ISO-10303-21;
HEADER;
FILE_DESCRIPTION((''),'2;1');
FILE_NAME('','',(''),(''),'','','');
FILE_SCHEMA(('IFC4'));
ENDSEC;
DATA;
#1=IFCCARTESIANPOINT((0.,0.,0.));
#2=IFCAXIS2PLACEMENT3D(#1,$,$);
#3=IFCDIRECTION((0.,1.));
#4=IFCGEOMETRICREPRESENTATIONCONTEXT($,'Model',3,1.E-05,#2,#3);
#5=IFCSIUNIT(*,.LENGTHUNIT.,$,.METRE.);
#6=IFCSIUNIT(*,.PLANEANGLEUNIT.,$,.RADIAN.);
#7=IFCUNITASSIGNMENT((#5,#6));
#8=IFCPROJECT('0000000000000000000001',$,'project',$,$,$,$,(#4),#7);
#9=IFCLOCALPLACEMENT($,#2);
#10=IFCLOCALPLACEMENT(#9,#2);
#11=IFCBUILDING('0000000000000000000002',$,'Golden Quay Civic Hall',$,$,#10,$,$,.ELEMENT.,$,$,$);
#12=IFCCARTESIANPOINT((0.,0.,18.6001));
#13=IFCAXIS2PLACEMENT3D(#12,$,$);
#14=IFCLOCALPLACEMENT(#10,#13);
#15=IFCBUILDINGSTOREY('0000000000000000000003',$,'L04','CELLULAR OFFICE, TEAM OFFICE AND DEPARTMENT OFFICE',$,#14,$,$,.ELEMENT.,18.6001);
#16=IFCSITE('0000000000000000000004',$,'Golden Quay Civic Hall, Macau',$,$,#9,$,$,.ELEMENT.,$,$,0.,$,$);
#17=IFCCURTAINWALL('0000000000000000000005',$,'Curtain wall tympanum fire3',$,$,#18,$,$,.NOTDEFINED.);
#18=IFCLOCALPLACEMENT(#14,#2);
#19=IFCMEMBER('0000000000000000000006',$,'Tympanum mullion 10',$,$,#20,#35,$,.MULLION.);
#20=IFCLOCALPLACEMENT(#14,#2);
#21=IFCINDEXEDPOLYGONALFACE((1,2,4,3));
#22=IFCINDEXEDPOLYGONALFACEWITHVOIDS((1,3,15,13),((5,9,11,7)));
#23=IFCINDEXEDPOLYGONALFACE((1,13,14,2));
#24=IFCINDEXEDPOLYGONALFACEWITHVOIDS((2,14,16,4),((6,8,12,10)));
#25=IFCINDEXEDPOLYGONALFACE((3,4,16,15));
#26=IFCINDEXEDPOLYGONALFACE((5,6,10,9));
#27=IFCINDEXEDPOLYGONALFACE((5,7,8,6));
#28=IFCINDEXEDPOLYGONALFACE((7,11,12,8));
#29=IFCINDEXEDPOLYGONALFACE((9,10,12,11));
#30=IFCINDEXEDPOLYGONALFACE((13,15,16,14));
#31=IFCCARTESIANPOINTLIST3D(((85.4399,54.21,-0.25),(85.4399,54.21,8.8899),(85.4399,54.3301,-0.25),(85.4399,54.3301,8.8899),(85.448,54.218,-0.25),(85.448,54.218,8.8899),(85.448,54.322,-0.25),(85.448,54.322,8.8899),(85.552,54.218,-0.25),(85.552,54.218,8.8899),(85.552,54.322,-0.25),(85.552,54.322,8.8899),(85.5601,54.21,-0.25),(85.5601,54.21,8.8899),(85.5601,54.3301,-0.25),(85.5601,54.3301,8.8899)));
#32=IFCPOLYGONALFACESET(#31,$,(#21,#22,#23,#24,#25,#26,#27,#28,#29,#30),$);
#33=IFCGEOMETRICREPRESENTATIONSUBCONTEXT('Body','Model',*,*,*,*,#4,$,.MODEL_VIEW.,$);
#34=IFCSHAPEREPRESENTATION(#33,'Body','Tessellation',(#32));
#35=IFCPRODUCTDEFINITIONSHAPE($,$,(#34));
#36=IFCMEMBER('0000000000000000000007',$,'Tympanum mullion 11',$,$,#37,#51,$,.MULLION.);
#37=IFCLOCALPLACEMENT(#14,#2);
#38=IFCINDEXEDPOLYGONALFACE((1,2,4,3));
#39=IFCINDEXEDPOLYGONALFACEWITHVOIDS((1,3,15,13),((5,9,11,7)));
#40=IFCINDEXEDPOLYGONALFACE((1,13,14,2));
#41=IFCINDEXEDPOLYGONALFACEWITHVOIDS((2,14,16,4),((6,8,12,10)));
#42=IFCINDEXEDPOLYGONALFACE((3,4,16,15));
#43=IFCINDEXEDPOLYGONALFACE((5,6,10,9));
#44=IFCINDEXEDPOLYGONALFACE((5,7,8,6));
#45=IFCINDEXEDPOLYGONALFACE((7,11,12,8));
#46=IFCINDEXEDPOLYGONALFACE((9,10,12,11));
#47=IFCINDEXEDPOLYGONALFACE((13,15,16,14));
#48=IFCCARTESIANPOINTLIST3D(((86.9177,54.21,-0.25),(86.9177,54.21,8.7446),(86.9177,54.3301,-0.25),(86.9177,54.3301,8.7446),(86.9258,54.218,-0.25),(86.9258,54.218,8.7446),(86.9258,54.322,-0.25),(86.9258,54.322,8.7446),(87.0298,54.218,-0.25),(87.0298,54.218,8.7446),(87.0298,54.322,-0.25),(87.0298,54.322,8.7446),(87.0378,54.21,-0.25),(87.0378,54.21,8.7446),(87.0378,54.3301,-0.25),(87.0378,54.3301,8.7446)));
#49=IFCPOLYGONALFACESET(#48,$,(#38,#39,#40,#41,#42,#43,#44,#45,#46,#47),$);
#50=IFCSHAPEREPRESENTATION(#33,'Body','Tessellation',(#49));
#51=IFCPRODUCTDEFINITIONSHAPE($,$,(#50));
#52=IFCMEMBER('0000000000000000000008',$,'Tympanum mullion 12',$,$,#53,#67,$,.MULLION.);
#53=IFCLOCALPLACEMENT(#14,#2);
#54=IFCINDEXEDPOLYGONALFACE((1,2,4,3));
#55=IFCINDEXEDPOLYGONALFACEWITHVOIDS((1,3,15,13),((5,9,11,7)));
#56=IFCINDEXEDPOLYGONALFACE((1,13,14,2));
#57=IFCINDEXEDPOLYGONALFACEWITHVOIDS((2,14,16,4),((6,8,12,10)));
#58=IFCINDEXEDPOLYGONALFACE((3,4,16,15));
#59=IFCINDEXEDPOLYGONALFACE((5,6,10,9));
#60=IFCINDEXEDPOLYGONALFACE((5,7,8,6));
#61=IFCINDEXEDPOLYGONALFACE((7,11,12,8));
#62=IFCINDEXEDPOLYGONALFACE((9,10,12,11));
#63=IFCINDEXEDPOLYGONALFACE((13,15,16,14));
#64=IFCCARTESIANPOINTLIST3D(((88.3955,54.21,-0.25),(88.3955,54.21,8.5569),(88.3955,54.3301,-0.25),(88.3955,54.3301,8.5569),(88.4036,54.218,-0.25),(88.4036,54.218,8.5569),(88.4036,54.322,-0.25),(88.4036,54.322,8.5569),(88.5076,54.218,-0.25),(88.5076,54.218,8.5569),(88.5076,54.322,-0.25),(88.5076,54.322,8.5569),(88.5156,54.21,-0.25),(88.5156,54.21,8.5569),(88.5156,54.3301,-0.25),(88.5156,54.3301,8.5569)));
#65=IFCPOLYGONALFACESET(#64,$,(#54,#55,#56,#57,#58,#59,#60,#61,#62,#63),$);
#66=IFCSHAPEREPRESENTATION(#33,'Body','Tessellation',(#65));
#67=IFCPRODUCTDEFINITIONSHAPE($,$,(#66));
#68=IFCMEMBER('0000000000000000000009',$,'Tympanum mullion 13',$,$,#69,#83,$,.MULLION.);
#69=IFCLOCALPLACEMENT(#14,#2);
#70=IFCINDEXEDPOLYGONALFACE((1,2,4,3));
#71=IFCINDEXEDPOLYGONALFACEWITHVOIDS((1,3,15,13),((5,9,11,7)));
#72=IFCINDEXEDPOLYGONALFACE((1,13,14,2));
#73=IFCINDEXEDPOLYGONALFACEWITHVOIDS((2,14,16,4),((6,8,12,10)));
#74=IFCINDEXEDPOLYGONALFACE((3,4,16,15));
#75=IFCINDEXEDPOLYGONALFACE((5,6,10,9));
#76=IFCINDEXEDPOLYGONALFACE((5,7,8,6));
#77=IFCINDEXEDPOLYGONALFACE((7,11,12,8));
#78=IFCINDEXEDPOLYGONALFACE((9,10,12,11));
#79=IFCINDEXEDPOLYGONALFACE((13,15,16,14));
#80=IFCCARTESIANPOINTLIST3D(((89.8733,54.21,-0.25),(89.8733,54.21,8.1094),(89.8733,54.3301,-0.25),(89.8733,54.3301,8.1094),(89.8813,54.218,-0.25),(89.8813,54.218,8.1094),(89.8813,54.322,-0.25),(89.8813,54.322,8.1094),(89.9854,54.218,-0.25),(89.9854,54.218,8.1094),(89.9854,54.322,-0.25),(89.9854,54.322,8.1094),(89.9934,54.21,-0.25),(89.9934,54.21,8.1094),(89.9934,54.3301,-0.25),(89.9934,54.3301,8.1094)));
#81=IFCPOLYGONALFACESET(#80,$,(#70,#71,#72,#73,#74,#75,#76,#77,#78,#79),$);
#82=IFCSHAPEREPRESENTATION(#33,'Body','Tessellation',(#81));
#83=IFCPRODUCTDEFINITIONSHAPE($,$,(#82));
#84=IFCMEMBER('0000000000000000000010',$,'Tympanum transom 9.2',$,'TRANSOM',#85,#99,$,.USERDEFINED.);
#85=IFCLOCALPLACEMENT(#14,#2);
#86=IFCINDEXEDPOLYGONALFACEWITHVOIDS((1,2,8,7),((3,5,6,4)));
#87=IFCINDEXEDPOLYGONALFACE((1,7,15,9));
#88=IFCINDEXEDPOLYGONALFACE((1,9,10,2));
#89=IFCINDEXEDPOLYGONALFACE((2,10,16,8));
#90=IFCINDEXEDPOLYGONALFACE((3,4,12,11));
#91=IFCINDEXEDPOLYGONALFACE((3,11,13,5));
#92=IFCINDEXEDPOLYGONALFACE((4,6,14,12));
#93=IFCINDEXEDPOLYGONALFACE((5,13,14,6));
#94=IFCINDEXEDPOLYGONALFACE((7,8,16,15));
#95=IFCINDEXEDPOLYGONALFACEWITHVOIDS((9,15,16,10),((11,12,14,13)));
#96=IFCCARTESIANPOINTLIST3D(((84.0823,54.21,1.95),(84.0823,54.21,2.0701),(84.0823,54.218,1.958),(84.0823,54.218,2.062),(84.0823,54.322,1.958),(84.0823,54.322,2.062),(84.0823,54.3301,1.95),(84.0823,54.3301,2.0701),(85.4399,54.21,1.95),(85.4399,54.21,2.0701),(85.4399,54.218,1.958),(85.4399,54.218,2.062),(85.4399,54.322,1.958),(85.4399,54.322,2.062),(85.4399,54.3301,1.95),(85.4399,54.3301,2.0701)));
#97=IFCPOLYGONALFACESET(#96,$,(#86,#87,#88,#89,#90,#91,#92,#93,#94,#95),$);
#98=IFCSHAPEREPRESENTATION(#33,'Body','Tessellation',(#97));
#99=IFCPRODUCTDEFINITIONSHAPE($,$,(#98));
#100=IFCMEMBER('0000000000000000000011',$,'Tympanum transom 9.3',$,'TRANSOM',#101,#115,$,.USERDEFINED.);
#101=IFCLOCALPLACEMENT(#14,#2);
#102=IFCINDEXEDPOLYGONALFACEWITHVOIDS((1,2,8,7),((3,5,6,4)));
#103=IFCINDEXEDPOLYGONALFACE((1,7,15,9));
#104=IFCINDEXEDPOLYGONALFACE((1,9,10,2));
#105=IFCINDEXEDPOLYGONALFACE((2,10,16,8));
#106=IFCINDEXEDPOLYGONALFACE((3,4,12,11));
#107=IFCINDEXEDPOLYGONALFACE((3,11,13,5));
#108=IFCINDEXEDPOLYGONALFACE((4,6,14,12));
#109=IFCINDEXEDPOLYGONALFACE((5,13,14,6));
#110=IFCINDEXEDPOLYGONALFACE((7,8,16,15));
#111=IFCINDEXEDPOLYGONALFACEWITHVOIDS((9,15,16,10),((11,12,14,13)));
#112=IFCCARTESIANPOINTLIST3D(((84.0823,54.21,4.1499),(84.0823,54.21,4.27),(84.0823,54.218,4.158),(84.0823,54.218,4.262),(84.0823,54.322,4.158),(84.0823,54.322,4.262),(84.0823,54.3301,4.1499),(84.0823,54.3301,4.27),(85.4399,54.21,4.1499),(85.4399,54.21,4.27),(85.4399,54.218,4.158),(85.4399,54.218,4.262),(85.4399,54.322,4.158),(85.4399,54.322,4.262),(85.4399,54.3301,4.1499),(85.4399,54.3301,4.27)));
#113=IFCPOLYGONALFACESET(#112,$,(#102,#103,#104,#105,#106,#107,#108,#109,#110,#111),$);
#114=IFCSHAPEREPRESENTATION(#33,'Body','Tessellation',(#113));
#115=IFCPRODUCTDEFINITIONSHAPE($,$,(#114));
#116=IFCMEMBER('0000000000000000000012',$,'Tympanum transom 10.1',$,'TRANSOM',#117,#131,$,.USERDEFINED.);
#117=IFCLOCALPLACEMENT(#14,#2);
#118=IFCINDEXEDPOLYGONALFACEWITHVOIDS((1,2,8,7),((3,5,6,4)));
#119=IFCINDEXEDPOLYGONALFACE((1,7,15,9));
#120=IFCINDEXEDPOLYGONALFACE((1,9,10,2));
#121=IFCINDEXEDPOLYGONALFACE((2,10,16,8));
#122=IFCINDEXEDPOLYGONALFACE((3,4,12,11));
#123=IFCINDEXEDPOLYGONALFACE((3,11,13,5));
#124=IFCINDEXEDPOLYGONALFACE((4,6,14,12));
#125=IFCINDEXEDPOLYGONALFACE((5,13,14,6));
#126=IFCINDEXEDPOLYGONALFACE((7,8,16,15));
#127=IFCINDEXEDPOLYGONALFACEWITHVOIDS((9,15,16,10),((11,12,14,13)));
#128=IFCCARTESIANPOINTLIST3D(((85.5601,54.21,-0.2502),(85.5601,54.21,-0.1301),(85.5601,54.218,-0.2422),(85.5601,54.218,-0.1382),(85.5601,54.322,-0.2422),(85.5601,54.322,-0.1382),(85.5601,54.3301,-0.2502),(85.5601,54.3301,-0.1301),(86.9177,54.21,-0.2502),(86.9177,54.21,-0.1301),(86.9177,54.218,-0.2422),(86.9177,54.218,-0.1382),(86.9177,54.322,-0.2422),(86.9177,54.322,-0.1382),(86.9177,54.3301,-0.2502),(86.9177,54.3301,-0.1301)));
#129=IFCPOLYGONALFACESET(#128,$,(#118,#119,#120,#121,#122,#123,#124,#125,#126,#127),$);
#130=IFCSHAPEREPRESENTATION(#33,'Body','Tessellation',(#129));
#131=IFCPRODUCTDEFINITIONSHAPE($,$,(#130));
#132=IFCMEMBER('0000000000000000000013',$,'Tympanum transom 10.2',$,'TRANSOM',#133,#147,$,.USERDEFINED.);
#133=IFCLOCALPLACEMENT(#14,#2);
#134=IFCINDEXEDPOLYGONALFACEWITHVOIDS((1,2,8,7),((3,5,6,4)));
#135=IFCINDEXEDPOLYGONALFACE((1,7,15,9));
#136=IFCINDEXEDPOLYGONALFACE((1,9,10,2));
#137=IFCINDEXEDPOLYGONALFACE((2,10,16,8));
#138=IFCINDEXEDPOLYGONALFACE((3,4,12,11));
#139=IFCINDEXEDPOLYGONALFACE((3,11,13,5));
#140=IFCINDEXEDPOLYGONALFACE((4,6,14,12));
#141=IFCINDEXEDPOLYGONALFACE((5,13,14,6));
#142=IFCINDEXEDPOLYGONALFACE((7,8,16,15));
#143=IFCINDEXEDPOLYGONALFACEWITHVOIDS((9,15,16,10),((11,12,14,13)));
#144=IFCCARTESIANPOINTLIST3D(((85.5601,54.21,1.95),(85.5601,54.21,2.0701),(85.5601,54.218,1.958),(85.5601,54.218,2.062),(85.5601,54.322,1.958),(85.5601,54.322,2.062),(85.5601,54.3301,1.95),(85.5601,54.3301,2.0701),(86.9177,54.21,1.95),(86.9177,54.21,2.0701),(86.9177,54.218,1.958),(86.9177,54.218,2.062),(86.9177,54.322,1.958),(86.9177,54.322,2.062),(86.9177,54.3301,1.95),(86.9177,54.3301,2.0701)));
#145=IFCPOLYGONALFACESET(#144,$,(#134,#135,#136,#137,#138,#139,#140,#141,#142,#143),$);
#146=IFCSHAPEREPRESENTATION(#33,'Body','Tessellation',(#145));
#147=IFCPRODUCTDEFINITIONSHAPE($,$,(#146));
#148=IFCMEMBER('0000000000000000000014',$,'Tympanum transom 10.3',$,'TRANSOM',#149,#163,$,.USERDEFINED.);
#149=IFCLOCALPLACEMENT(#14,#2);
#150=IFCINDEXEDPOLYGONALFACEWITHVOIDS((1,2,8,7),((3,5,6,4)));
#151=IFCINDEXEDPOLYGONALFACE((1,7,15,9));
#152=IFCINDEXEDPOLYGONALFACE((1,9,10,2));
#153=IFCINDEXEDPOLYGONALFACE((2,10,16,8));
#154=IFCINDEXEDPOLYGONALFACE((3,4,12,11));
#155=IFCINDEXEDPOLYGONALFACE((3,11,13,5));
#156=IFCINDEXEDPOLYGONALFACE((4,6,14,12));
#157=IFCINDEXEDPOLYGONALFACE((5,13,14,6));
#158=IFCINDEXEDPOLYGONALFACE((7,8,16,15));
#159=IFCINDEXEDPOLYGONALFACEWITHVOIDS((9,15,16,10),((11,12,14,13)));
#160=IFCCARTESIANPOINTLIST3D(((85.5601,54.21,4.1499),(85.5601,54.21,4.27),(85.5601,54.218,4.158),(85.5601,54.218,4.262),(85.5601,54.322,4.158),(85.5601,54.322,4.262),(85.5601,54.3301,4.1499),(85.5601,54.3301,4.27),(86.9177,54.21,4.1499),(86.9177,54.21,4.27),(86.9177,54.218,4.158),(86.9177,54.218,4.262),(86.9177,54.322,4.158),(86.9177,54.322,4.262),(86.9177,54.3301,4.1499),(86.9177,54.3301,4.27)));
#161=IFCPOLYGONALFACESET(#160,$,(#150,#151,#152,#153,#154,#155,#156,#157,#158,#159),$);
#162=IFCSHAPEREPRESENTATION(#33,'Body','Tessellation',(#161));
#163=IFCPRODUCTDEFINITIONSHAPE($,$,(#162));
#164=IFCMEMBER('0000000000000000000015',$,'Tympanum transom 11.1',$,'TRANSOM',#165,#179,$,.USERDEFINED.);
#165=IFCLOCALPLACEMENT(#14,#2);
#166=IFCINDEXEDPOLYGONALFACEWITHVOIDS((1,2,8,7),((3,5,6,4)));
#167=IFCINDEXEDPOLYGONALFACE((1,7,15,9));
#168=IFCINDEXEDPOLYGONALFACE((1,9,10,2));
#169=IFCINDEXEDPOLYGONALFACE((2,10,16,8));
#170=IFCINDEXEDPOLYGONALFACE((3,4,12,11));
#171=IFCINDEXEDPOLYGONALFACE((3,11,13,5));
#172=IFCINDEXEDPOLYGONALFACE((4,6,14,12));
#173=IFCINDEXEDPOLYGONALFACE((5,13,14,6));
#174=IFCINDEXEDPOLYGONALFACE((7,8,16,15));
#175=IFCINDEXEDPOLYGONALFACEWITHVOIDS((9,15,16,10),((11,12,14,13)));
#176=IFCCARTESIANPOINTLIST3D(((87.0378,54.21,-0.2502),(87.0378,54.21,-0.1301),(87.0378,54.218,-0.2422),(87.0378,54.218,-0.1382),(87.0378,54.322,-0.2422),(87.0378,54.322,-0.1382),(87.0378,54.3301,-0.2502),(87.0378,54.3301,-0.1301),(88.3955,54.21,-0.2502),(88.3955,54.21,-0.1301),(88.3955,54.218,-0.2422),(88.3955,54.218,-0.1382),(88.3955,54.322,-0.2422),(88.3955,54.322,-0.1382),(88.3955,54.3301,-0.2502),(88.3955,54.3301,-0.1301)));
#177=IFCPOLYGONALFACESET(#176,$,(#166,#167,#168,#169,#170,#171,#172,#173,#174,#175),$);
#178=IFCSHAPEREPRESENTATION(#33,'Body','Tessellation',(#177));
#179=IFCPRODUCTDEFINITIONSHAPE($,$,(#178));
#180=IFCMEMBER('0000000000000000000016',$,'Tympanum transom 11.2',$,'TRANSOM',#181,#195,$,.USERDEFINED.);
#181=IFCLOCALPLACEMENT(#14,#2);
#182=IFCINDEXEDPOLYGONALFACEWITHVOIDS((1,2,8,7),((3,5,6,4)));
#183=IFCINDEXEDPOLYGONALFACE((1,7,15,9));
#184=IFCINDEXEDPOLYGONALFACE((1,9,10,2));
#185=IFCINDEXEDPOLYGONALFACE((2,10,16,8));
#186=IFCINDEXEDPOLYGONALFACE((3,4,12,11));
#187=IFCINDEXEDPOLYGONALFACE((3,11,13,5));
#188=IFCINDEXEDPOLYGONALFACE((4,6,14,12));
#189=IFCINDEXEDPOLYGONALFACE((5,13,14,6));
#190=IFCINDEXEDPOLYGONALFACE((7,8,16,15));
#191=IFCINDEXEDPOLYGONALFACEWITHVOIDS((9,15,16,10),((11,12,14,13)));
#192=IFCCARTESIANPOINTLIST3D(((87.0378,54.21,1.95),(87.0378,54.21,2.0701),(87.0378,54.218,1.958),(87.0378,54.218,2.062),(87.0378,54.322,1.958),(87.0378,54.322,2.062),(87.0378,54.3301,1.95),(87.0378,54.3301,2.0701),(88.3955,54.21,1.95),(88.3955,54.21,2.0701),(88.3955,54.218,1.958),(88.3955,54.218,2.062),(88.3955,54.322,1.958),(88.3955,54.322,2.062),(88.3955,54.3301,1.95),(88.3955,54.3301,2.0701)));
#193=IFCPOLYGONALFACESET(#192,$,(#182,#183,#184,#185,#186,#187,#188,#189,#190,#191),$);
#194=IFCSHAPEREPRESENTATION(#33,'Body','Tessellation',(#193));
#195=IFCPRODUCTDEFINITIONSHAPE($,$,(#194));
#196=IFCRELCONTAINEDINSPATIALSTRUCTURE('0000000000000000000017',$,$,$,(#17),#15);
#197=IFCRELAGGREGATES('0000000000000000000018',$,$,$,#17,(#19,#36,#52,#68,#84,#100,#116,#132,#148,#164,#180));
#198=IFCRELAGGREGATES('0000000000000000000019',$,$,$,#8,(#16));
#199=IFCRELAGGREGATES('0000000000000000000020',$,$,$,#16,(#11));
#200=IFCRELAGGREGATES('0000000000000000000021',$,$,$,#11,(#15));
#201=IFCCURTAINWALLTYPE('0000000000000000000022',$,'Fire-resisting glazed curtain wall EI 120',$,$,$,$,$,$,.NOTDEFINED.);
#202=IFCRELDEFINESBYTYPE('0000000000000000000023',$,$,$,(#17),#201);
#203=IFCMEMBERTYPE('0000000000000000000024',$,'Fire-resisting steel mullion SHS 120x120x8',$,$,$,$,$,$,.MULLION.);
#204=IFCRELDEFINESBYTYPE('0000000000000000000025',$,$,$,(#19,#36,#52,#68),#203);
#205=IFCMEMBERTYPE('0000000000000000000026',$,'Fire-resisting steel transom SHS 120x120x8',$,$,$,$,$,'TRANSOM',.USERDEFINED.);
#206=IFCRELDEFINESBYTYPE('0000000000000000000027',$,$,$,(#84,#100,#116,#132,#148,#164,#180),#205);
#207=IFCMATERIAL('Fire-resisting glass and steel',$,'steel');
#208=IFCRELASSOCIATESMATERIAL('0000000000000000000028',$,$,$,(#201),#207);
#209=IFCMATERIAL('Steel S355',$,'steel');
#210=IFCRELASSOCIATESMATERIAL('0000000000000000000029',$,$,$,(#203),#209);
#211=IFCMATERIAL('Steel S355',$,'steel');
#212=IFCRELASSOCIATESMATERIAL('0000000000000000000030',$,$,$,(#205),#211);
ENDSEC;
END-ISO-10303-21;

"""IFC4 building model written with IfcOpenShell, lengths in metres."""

from ifc_helpers import new_model, si_unit, direction, frame, origin, origin_2d, place, context, subcontext, project, spatial, hollow_rectangle, extrude, material, material_profile, profile_set, type_object, element, aggregate, save


model = new_model("IFC4")

# Units and contexts
model_context = context("Model", 3, precision=1e-05, world=origin(), true_north=direction((0.0, 1.0)))
body_context = subcontext(model_context, "Body", "Model", "MODEL_VIEW")
ifc_project = project(units=[si_unit("LENGTHUNIT", "METRE"), si_unit("PLANEANGLEUNIT", "RADIAN")], contexts=[model_context])

# Site, building, storey
site_placement = place(None, origin())
site = spatial("IfcSite", under=ifc_project, at=site_placement, Name="Golden Quay Civic Hall, Macau", CompositionType="ELEMENT", RefElevation=0.0)
building_placement = place(site_placement, origin())
building = spatial("IfcBuilding", under=site, at=building_placement, Name="Golden Quay Civic Hall", CompositionType="ELEMENT")
storey_placement = place(building_placement, frame((0.0, 0.0, 18.6001)))
storey = spatial("IfcBuildingStorey", under=building, at=storey_placement, Name="L04", Description="CELLULAR OFFICE, TEAM OFFICE AND DEPARTMENT OFFICE", CompositionType="ELEMENT", Elevation=18.6001)

# Curtain wall, members
ifc_material_1 = material(Name="Fire-resisting glass and steel", Category="steel")
curtain_wall_type = type_object("IfcCurtainWallType", Name="Fire-resisting glazed curtain wall EI 120", PredefinedType="NOTDEFINED", material=ifc_material_1)
curtain_wall_placement = place(storey_placement, origin())
curtain_wall = element("IfcCurtainWall", 1, at=curtain_wall_placement, inside=storey, type_object=curtain_wall_type, Name="Curtain wall tympanum fire3", PredefinedType="NOTDEFINED")
ifc_material_2 = material(Name="Steel S355", Category="steel")
ifc_material_profile_1 = material_profile(ifc_material_2, hollow_rectangle(XDim=0.1201, YDim=0.1201, WallThickness=0.0081, at=origin_2d()), Name="SHS 120x120x8")
ifc_profile_set_1 = profile_set([ifc_material_profile_1], Name="Steel S355")
member_type_1 = type_object("IfcMemberType", Name="Fire-resisting steel mullion SHS 120x120x8", PredefinedType="MULLION", material=ifc_profile_set_1)
member_1_placement = place(storey_placement, frame((85.5, 54.27, -0.25), z_axis=(0.0, 0.0, 1.0), x_axis=(0.0, 1.0, 0.0)))
member_1 = element("IfcMember", 2, at=member_1_placement, type_object=member_type_1, Name="Tympanum mullion 10", PredefinedType="MULLION", context=body_context, shape_type="SweptSolid", body=[
    extrude(hollow_rectangle(XDim=0.1201, YDim=0.1201, WallThickness=0.0081, at=origin_2d()), origin(), (0.0, 0.0, 1.0), 9.1399),
])
member_2_placement = place(storey_placement, frame((86.9778, 54.27, -0.25), z_axis=(0.0, 0.0, 1.0), x_axis=(0.0, 1.0, 0.0)))
member_2 = element("IfcMember", 3, at=member_2_placement, type_object=member_type_1, Name="Tympanum mullion 11", PredefinedType="MULLION", context=body_context, shape_type="SweptSolid", body=[
    extrude(hollow_rectangle(XDim=0.1201, YDim=0.1201, WallThickness=0.0081, at=origin_2d()), origin(), (0.0, 0.0, 1.0), 8.9946),
])
member_3_placement = place(storey_placement, frame((88.4556, 54.27, -0.25), z_axis=(0.0, 0.0, 1.0), x_axis=(0.0, 1.0, 0.0)))
member_3 = element("IfcMember", 4, at=member_3_placement, type_object=member_type_1, Name="Tympanum mullion 12", PredefinedType="MULLION", context=body_context, shape_type="SweptSolid", body=[
    extrude(hollow_rectangle(XDim=0.1201, YDim=0.1201, WallThickness=0.0081, at=origin_2d()), origin(), (0.0, 0.0, 1.0), 8.8069),
])
member_4_placement = place(storey_placement, frame((89.9333, 54.27, -0.25), z_axis=(0.0, 0.0, 1.0), x_axis=(0.0, 1.0, 0.0)))
member_4 = element("IfcMember", 5, at=member_4_placement, type_object=member_type_1, Name="Tympanum mullion 13", PredefinedType="MULLION", context=body_context, shape_type="SweptSolid", body=[
    extrude(hollow_rectangle(XDim=0.1201, YDim=0.1201, WallThickness=0.0081, at=origin_2d()), origin(), (0.0, 0.0, 1.0), 8.3594),
])
ifc_material_3 = material(Name="Steel S355", Category="steel")
ifc_material_profile_2 = material_profile(ifc_material_3, hollow_rectangle(XDim=0.1201, YDim=0.1201, WallThickness=0.0081, at=origin_2d()), Name="SHS 120x120x8")
ifc_profile_set_2 = profile_set([ifc_material_profile_2], Name="Steel S355")
member_type_2 = type_object("IfcMemberType", Name="Fire-resisting steel transom SHS 120x120x8", ElementType="TRANSOM", PredefinedType="USERDEFINED", material=ifc_profile_set_2)
member_5_placement = place(storey_placement, frame((84.0823, 54.27, 2.01), z_axis=(1.0, 0.0, 0.0), x_axis=(0.0, 1.0, 0.0)))
member_5 = element("IfcMember", 6, at=member_5_placement, type_object=member_type_2, Name="Tympanum transom 9.2", ObjectType="TRANSOM", PredefinedType="USERDEFINED", context=body_context, shape_type="SweptSolid", body=[
    extrude(hollow_rectangle(XDim=0.1201, YDim=0.1201, WallThickness=0.0081, at=origin_2d()), origin(), (0.0, 0.0, 1.0), 1.3577),
])
member_6_placement = place(storey_placement, frame((84.0823, 54.27, 4.21), z_axis=(1.0, 0.0, 0.0), x_axis=(0.0, 1.0, 0.0)))
member_6 = element("IfcMember", 7, at=member_6_placement, type_object=member_type_2, Name="Tympanum transom 9.3", ObjectType="TRANSOM", PredefinedType="USERDEFINED", context=body_context, shape_type="SweptSolid", body=[
    extrude(hollow_rectangle(XDim=0.1201, YDim=0.1201, WallThickness=0.0081, at=origin_2d()), origin(), (0.0, 0.0, 1.0), 1.3577),
])
member_7_placement = place(storey_placement, frame((85.5601, 54.27, -0.1902), z_axis=(1.0, 0.0, 0.0), x_axis=(0.0, 1.0, 0.0)))
member_7 = element("IfcMember", 8, at=member_7_placement, type_object=member_type_2, Name="Tympanum transom 10.1", ObjectType="TRANSOM", PredefinedType="USERDEFINED", context=body_context, shape_type="SweptSolid", body=[
    extrude(hollow_rectangle(XDim=0.1201, YDim=0.1201, WallThickness=0.0081, at=origin_2d()), origin(), (0.0, 0.0, 1.0), 1.3577),
])
member_8_placement = place(storey_placement, frame((85.5601, 54.27, 2.01), z_axis=(1.0, 0.0, 0.0), x_axis=(0.0, 1.0, 0.0)))
member_8 = element("IfcMember", 9, at=member_8_placement, type_object=member_type_2, Name="Tympanum transom 10.2", ObjectType="TRANSOM", PredefinedType="USERDEFINED", context=body_context, shape_type="SweptSolid", body=[
    extrude(hollow_rectangle(XDim=0.1201, YDim=0.1201, WallThickness=0.0081, at=origin_2d()), origin(), (0.0, 0.0, 1.0), 1.3577),
])
member_9_placement = place(storey_placement, frame((85.5601, 54.27, 4.21), z_axis=(1.0, 0.0, 0.0), x_axis=(0.0, 1.0, 0.0)))
member_9 = element("IfcMember", 10, at=member_9_placement, type_object=member_type_2, Name="Tympanum transom 10.3", ObjectType="TRANSOM", PredefinedType="USERDEFINED", context=body_context, shape_type="SweptSolid", body=[
    extrude(hollow_rectangle(XDim=0.1201, YDim=0.1201, WallThickness=0.0081, at=origin_2d()), origin(), (0.0, 0.0, 1.0), 1.3577),
])
member_10_placement = place(storey_placement, frame((87.0378, 54.27, -0.1902), z_axis=(1.0, 0.0, 0.0), x_axis=(0.0, 1.0, 0.0)))
member_10 = element("IfcMember", 11, at=member_10_placement, type_object=member_type_2, Name="Tympanum transom 11.1", ObjectType="TRANSOM", PredefinedType="USERDEFINED", context=body_context, shape_type="SweptSolid", body=[
    extrude(hollow_rectangle(XDim=0.1201, YDim=0.1201, WallThickness=0.0081, at=origin_2d()), origin(), (0.0, 0.0, 1.0), 1.3577),
])
member_11_placement = place(storey_placement, frame((87.0378, 54.27, 2.01), z_axis=(1.0, 0.0, 0.0), x_axis=(0.0, 1.0, 0.0)))
member_11 = element("IfcMember", 12, at=member_11_placement, type_object=member_type_2, Name="Tympanum transom 11.2", ObjectType="TRANSOM", PredefinedType="USERDEFINED", context=body_context, shape_type="SweptSolid", body=[
    extrude(hollow_rectangle(XDim=0.1201, YDim=0.1201, WallThickness=0.0081, at=origin_2d()), origin(), (0.0, 0.0, 1.0), 1.3577),
])
aggregate(curtain_wall, [member_1, member_2, member_3, member_4, member_5, member_6, member_7, member_8, member_9, member_10, member_11])

save(model, "model.ifc")
